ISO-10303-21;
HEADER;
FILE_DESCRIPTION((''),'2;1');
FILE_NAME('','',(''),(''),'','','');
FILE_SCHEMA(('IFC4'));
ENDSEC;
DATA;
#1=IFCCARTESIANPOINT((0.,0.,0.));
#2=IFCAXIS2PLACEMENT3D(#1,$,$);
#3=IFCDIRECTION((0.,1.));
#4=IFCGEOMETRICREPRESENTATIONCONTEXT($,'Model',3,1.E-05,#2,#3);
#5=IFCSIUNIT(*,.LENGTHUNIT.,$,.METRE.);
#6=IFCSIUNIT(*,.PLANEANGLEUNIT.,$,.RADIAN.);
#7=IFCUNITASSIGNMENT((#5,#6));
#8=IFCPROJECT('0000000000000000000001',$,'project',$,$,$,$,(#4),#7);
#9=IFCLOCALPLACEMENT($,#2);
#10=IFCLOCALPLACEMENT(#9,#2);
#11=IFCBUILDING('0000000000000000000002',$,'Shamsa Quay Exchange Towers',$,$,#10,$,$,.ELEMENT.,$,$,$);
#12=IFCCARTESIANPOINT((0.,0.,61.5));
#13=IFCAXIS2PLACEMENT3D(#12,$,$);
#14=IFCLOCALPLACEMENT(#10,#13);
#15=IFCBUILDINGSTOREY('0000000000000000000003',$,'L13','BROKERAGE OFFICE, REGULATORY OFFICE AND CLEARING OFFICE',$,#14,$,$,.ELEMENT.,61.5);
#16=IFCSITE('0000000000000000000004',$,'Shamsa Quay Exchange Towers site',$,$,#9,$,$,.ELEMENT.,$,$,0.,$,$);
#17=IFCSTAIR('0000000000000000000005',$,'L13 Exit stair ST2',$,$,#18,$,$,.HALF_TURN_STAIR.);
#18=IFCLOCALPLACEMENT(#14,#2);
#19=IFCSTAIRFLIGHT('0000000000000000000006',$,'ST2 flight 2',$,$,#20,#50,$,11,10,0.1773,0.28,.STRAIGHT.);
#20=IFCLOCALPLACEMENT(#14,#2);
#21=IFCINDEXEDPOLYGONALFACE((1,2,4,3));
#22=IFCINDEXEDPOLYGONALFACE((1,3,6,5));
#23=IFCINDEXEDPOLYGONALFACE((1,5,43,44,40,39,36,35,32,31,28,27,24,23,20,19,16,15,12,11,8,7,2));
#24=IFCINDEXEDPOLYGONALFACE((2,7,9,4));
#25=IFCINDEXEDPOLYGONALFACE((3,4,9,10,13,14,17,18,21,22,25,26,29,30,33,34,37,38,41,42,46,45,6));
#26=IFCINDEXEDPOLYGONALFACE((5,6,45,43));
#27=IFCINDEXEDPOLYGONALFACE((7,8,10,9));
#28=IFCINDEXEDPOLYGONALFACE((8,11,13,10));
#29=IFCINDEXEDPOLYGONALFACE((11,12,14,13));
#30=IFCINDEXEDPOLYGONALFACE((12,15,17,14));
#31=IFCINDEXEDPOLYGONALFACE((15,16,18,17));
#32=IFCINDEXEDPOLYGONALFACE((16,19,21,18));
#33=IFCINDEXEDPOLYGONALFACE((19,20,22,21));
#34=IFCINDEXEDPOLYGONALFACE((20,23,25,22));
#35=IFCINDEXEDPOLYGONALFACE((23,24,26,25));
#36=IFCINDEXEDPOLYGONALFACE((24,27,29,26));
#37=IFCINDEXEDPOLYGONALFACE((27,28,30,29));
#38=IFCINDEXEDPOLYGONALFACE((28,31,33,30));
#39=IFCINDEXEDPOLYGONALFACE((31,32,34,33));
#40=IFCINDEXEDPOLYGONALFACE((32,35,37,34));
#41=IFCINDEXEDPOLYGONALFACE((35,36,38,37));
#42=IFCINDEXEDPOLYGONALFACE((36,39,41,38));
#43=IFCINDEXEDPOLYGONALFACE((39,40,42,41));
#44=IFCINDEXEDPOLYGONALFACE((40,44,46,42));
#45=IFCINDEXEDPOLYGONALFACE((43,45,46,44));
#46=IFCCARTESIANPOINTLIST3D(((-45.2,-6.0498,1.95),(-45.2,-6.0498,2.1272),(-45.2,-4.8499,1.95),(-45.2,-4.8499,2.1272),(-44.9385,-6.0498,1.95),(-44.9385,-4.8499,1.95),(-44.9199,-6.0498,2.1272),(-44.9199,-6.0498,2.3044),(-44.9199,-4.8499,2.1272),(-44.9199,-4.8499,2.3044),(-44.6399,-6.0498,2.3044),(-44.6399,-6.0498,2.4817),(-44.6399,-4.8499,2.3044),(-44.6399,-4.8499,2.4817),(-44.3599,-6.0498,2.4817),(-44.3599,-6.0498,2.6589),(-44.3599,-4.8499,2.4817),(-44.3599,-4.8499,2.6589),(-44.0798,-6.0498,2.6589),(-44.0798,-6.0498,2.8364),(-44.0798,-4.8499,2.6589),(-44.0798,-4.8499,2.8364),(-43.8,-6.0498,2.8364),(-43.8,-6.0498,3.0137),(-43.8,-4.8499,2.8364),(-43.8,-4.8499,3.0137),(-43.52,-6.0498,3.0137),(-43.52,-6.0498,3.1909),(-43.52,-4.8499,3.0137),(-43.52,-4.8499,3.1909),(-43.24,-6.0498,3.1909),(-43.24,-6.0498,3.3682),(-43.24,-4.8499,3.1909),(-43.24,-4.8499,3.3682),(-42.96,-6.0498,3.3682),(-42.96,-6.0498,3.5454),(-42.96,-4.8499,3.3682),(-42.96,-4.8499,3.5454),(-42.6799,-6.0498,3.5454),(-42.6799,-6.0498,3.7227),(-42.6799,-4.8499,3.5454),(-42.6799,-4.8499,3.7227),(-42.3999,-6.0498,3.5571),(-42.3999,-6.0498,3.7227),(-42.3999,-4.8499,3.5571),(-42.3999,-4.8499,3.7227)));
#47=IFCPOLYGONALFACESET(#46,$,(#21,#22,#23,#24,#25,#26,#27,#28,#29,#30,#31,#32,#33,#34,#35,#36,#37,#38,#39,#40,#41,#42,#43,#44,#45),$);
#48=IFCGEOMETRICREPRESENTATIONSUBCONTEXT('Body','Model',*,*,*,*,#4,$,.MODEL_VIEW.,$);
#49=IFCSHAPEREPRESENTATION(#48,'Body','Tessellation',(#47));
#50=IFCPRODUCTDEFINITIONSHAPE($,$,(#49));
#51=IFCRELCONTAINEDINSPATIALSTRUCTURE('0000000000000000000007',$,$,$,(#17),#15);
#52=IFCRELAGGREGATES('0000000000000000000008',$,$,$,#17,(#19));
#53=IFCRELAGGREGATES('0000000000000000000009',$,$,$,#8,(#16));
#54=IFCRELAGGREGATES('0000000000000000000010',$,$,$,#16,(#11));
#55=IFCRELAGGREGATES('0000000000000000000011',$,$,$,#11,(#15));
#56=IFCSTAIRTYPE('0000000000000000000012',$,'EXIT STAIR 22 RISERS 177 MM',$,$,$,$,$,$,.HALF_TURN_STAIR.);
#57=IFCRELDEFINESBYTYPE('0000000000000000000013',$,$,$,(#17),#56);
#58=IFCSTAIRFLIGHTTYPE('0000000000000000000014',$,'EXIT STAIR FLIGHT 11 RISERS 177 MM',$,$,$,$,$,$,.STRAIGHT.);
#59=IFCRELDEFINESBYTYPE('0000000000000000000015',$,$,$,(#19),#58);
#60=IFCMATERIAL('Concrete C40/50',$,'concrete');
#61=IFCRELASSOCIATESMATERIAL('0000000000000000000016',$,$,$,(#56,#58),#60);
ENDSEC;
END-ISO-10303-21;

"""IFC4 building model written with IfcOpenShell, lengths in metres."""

from ifc_helpers import new_model, si_unit, direction, frame, origin, place, context, subcontext, project, spatial, polyline, outline, extrude, material, type_object, element, aggregate, save


model = new_model("IFC4")

# Units and contexts
model_context = context("Model", 3, precision=1e-05, world=origin(), true_north=direction((0.0, 1.0)))
body_context = subcontext(model_context, "Body", "Model", "MODEL_VIEW")
ifc_project = project(units=[si_unit("LENGTHUNIT", "METRE"), si_unit("PLANEANGLEUNIT", "RADIAN")], contexts=[model_context])

# Site, building, storey
site_placement = place(None, origin())
site = spatial("IfcSite", under=ifc_project, at=site_placement, Name="Shamsa Quay Exchange Towers site", CompositionType="ELEMENT", RefElevation=0.0)
building_placement = place(site_placement, origin())
building = spatial("IfcBuilding", under=site, at=building_placement, Name="Shamsa Quay Exchange Towers", CompositionType="ELEMENT")
storey_placement = place(building_placement, frame((0.0, 0.0, 61.5)))
storey = spatial("IfcBuildingStorey", under=building, at=storey_placement, Name="L13", Description="BROKERAGE OFFICE, REGULATORY OFFICE AND CLEARING OFFICE", CompositionType="ELEMENT", Elevation=61.5)

# Stair, stair flight
ifc_material_1 = material(Name="Concrete C40/50", Category="concrete")
stair_type = type_object("IfcStairType", Name="EXIT STAIR 22 RISERS 177 MM", PredefinedType="HALF_TURN_STAIR", material=ifc_material_1)
stair_placement = place(storey_placement, origin())
stair = element("IfcStair", 1, at=stair_placement, inside=storey, type_object=stair_type, Name="L13 Exit stair ST2", PredefinedType="HALF_TURN_STAIR")
stair_flight_type = type_object("IfcStairFlightType", Name="EXIT STAIR FLIGHT 11 RISERS 177 MM", PredefinedType="STRAIGHT", material=ifc_material_1)
stair_flight_placement = place(storey_placement, frame((-45.2, -5.45, 1.95)))
stair_flight = element("IfcStairFlight", 2, at=stair_flight_placement, type_object=stair_flight_type, Name="ST2 flight 2", NumberOfRisers=11, NumberOfTreads=10, PredefinedType="STRAIGHT", RiserHeight=0.1773, TreadLength=0.28, context=body_context, shape_type="SweptSolid", body=[
    extrude(outline(polyline([(0.0, 0.0), (0.0, 0.1772), (0.28, 0.1772), (0.28, 0.3545), (0.5601, 0.3545), (0.5601, 0.5317), (0.8401, 0.5317), (0.8401, 0.709), (1.1201, 0.709), (1.1201, 0.8865), (1.3999, 0.8865), (1.3999, 1.0637), (1.6799, 1.0637), (1.6799, 1.241), (1.96, 1.241), (1.96, 1.4182), (2.24, 1.4182), (2.24, 1.5955), (2.52, 1.5955), (2.52, 1.7727), (2.8, 1.7727), (2.8, 1.95), (2.8, 1.6072), (0.2615, 0.0), (0.0, 0.0)])), frame((0.0, 0.6001, 0.0), z_axis=(0.0, -1.0, 0.0), x_axis=(1.0, 0.0, 0.0)), (0.0, 0.0, 1.0), 1.2),
])
aggregate(stair, [stair_flight])

save(model, "model.ifc")
